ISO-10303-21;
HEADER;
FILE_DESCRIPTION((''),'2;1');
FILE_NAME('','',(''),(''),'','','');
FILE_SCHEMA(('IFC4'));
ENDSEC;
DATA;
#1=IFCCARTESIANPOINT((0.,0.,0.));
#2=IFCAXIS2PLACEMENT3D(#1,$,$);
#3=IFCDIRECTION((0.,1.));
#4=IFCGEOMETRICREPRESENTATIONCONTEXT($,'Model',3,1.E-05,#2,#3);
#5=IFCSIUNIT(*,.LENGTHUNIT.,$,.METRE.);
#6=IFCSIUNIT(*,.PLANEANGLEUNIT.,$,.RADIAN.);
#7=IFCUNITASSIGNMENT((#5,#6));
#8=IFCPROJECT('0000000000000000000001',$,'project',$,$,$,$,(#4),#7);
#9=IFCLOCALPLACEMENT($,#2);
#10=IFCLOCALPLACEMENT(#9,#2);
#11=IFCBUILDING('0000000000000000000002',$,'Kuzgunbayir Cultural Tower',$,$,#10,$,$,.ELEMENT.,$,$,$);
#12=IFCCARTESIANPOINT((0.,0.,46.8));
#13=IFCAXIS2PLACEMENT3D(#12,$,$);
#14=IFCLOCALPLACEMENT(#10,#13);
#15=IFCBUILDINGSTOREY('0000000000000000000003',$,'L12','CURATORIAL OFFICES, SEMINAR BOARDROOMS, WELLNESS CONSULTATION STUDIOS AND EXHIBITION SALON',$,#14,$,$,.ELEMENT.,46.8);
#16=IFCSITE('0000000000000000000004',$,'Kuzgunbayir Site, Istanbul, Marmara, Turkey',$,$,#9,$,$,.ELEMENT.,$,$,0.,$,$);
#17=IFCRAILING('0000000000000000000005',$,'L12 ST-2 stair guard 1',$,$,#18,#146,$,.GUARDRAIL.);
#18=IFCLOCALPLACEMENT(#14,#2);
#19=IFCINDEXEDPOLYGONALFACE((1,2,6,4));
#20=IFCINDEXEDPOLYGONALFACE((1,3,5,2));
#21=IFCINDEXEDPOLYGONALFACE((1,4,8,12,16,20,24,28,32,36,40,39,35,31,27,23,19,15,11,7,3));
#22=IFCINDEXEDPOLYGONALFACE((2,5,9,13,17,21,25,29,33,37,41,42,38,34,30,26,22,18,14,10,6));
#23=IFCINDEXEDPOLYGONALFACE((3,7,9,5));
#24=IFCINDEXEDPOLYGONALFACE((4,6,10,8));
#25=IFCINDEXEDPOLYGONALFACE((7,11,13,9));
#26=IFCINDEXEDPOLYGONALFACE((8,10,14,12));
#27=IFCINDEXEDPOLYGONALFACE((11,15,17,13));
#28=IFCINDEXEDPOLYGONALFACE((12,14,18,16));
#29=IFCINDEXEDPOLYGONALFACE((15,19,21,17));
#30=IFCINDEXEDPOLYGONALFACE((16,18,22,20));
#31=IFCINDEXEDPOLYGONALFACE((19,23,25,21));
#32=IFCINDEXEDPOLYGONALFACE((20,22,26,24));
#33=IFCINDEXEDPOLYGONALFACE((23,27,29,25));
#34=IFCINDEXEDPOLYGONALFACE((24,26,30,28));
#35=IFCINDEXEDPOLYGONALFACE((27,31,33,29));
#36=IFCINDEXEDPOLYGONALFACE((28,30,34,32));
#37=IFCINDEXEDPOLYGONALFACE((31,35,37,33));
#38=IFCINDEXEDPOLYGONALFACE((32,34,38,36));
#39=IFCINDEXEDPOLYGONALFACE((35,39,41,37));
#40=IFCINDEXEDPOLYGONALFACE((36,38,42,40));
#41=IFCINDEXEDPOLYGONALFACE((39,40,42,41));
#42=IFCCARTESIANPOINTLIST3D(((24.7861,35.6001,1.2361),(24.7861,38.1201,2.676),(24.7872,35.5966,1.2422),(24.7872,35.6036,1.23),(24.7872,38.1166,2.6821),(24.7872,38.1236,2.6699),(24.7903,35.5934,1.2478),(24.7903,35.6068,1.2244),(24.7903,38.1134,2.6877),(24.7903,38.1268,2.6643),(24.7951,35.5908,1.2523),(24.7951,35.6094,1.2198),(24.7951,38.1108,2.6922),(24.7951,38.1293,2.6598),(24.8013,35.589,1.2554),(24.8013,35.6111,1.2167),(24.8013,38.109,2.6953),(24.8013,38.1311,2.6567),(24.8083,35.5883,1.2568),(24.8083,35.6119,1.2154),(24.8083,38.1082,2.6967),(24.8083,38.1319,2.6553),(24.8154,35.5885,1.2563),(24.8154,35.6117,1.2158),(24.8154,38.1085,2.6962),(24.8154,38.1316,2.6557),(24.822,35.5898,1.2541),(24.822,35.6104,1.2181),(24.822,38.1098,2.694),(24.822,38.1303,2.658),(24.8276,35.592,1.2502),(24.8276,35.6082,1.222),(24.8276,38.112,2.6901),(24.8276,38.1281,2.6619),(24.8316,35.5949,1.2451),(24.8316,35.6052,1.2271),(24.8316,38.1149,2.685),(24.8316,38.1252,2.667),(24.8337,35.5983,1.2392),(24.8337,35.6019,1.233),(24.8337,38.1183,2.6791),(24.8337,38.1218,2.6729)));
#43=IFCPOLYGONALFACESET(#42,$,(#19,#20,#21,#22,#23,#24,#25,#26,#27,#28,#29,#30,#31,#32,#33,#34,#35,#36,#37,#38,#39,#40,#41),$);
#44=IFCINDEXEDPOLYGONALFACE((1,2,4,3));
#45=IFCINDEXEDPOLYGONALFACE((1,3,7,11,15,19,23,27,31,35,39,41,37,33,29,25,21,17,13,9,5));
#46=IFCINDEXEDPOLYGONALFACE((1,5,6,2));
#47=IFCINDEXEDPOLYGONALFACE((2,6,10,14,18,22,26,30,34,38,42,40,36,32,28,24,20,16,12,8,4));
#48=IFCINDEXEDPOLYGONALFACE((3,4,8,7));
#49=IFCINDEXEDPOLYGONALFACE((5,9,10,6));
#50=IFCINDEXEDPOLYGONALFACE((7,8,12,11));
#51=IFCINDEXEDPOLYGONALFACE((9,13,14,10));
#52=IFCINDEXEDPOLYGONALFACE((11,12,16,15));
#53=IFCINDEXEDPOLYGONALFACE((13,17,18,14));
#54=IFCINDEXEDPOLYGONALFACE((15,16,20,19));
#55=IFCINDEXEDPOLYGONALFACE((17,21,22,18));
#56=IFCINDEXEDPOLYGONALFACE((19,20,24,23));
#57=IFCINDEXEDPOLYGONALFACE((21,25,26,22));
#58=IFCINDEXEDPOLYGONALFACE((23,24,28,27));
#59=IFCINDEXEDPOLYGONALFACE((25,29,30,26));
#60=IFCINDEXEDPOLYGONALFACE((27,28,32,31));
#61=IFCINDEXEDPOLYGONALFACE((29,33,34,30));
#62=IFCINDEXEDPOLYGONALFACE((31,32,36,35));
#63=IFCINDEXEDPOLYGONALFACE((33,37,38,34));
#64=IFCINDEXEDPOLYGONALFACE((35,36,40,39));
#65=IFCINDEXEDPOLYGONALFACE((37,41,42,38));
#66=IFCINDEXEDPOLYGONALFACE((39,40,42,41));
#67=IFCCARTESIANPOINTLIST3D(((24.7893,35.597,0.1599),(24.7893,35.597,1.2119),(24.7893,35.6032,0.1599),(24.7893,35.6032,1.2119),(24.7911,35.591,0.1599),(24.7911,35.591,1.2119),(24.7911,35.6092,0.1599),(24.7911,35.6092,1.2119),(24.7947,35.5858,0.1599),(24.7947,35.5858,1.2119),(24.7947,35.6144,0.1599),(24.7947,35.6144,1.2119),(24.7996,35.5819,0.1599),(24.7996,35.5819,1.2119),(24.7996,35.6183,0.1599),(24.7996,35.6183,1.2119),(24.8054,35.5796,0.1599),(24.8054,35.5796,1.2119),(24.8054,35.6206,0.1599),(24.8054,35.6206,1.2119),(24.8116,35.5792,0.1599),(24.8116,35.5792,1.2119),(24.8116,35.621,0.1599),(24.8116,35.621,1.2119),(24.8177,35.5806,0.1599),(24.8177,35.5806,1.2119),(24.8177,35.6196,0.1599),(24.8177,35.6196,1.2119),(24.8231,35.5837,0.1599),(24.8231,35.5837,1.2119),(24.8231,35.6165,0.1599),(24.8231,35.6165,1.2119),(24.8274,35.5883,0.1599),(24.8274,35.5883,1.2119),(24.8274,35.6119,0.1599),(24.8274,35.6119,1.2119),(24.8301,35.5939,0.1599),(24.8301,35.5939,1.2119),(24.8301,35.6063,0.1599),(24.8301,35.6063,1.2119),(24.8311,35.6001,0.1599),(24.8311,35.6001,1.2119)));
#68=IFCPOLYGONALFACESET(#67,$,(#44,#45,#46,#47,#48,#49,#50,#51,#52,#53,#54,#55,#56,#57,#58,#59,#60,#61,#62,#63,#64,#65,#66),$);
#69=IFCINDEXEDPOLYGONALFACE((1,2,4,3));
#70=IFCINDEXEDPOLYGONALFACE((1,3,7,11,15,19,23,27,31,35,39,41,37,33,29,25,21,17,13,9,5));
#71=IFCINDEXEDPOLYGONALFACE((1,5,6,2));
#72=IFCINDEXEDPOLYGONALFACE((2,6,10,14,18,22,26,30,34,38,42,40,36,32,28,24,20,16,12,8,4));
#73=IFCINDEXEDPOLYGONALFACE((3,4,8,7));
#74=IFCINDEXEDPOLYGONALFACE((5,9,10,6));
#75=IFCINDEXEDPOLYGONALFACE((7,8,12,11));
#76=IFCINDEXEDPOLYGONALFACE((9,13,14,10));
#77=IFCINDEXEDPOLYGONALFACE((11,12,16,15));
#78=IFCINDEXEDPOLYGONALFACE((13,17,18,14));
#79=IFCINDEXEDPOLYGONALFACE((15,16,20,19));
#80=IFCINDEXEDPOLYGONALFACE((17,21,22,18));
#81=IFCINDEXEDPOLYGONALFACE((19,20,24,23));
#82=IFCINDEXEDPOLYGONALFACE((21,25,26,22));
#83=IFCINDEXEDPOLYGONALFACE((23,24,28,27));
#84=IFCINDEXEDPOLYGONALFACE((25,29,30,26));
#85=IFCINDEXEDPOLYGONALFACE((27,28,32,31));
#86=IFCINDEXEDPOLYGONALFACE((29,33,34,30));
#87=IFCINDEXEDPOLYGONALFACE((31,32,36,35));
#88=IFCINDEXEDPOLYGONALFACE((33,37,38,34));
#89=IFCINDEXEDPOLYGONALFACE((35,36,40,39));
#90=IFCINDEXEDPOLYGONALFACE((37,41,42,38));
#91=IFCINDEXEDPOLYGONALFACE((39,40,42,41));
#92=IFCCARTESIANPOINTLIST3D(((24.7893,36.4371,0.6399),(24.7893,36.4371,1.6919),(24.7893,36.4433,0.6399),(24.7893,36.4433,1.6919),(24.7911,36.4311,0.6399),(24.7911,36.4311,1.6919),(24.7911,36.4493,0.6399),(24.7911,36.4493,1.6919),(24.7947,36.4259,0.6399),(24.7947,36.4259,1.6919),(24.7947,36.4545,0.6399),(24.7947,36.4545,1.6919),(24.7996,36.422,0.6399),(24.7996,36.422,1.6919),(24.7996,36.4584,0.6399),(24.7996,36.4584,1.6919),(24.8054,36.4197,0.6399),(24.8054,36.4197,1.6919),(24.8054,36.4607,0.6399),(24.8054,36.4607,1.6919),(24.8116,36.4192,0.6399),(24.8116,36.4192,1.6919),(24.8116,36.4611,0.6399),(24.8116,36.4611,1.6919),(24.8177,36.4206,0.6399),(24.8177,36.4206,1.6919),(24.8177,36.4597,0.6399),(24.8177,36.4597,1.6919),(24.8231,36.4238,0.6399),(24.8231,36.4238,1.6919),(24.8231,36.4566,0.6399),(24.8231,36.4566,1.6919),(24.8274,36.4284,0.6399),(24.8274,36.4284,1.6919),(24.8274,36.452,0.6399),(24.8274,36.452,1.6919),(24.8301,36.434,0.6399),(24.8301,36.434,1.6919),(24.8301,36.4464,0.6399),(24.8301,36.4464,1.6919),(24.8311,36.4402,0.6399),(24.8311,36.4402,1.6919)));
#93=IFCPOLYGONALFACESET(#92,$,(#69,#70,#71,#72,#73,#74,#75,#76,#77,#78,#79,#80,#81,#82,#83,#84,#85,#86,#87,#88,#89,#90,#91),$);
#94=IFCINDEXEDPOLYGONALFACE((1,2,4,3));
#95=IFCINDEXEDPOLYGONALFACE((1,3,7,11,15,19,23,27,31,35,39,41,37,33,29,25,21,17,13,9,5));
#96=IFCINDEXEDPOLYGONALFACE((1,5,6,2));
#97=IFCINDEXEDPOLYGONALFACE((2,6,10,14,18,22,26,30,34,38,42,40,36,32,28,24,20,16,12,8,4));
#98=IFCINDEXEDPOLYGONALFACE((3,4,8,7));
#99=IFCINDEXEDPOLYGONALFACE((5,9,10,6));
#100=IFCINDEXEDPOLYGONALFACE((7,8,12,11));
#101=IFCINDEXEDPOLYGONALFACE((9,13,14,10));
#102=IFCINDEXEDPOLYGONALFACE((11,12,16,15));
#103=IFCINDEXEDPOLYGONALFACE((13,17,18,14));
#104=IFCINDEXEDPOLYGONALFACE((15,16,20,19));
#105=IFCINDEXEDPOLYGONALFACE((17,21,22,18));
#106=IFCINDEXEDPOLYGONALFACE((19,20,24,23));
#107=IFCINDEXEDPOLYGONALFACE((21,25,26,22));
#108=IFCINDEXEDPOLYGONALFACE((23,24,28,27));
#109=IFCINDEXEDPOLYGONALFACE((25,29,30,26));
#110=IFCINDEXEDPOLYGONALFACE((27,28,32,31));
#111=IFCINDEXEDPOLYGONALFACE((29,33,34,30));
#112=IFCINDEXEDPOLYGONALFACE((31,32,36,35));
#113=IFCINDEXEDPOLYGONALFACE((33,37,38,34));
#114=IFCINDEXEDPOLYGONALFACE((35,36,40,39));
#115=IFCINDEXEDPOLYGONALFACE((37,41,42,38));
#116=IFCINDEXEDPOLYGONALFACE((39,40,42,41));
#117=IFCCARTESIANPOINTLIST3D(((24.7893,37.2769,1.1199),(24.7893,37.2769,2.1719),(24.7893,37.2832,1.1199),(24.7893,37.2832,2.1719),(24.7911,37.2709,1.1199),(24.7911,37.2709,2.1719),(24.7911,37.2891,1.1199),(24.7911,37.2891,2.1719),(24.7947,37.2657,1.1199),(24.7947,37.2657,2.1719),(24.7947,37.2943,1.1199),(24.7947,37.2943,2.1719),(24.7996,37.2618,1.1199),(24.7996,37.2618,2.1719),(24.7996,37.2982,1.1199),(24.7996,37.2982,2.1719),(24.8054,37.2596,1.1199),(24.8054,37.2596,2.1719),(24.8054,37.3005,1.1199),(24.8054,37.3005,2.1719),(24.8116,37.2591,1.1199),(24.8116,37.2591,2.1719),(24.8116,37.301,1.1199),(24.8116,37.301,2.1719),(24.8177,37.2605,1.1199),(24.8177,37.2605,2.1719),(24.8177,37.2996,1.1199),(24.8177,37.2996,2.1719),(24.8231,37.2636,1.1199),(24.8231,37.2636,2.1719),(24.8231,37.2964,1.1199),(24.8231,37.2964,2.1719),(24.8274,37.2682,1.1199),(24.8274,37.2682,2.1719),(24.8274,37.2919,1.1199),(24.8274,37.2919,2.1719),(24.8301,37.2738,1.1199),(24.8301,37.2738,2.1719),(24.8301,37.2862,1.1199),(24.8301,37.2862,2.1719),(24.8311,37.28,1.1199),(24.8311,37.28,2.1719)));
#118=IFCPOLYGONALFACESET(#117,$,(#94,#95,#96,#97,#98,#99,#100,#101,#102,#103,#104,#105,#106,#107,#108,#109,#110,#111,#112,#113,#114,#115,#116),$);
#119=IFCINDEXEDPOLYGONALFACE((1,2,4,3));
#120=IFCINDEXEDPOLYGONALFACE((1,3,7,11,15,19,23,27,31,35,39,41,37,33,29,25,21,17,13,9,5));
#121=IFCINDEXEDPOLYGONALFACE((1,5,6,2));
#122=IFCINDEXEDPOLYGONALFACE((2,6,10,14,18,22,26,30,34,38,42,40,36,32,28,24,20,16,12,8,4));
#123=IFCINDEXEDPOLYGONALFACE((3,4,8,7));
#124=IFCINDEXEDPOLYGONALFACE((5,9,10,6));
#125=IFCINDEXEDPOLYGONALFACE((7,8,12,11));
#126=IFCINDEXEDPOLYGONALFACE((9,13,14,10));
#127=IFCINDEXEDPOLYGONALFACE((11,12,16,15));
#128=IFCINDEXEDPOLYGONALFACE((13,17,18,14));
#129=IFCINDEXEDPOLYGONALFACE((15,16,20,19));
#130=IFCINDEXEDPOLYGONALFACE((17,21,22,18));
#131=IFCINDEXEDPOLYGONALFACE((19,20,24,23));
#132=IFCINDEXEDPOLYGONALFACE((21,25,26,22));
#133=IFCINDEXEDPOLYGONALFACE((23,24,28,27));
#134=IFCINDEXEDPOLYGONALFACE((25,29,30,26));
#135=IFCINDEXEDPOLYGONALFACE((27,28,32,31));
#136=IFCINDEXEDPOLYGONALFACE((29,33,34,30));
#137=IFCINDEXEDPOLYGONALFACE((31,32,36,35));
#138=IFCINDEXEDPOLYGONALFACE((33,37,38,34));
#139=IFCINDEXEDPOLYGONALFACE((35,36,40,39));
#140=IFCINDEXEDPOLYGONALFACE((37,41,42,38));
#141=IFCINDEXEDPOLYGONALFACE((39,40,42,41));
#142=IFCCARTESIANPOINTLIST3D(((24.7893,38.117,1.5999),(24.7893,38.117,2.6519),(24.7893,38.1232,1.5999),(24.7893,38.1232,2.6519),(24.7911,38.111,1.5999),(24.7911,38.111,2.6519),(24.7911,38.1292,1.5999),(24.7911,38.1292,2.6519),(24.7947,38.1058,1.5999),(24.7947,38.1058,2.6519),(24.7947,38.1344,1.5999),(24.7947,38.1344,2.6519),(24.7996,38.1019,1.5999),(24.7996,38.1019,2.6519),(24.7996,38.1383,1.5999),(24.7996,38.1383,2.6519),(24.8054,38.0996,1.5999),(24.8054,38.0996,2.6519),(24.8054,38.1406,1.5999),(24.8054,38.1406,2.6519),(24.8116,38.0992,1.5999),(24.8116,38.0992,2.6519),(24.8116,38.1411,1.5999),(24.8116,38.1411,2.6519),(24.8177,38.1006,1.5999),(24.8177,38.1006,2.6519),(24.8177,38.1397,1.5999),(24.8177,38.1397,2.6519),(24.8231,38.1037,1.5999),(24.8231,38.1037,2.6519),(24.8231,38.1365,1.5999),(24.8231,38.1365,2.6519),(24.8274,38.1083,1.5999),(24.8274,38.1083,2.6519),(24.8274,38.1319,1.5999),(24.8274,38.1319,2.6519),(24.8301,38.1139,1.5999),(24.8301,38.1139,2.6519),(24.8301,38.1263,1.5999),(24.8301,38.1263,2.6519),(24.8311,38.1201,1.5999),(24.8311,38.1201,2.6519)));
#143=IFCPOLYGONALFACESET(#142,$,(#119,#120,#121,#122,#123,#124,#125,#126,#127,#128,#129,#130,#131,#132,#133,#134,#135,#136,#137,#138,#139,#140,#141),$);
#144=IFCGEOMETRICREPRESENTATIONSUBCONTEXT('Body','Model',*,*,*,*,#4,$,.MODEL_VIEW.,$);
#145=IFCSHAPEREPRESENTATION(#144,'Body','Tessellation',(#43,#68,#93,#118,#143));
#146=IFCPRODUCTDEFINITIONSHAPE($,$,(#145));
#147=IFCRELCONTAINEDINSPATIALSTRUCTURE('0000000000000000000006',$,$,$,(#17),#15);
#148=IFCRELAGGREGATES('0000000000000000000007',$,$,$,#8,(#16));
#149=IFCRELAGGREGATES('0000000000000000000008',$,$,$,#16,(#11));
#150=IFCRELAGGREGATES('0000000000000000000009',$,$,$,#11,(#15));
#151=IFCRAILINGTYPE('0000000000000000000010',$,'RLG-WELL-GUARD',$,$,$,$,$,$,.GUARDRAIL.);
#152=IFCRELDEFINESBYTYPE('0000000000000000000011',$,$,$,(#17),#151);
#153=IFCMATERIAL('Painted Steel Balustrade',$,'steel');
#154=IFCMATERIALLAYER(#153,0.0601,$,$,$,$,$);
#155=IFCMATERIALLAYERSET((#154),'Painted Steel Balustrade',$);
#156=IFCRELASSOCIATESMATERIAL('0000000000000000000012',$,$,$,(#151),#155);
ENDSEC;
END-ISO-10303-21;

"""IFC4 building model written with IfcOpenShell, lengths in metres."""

from ifc_helpers import new_model, si_unit, direction, frame, origin, origin_2d, place, context, subcontext, project, spatial, circle, extrude, material, layer, layer_set, type_object, element, save


model = new_model("IFC4")

# Units and contexts
model_context = context("Model", 3, precision=1e-05, world=origin(), true_north=direction((0.0, 1.0)))
body_context = subcontext(model_context, "Body", "Model", "MODEL_VIEW")
ifc_project = project(units=[si_unit("LENGTHUNIT", "METRE"), si_unit("PLANEANGLEUNIT", "RADIAN")], contexts=[model_context])

# Site, building, storey
site_placement = place(None, origin())
site = spatial("IfcSite", under=ifc_project, at=site_placement, Name="Kuzgunbayir Site, Istanbul, Marmara, Turkey", CompositionType="ELEMENT", RefElevation=0.0)
building_placement = place(site_placement, origin())
building = spatial("IfcBuilding", under=site, at=building_placement, Name="Kuzgunbayir Cultural Tower", CompositionType="ELEMENT")
storey_placement = place(building_placement, frame((0.0, 0.0, 46.8)))
storey = spatial("IfcBuildingStorey", under=building, at=storey_placement, Name="L12", Description="CURATORIAL OFFICES, SEMINAR BOARDROOMS, WELLNESS CONSULTATION STUDIOS AND EXHIBITION SALON", CompositionType="ELEMENT", Elevation=46.8)

# Railing
ifc_material_1 = material(Name="Painted Steel Balustrade", Category="steel")
ifc_layer_1 = layer(ifc_material_1, 0.0601)
ifc_layer_set_1 = layer_set([ifc_layer_1], Name="Painted Steel Balustrade")
railing_type_1 = type_object("IfcRailingType", Name="RLG-WELL-GUARD", PredefinedType="GUARDRAIL", material=ifc_layer_set_1)
railing_1_placement = place(storey_placement, frame((24.8101, 35.6001, 0.1599)))
element("IfcRailing", 1, at=railing_1_placement, inside=storey, type_object=railing_type_1, Name="L12 ST-2 stair guard 1", PredefinedType="GUARDRAIL", context=body_context, shape_type="SweptSolid", body=[
    extrude(circle(Radius=0.0239, at=origin_2d()), frame((0.0, 0.0, 1.0762), z_axis=(0.0, 0.868253, 0.496121), x_axis=(-1.0, 0.0, 0.0)), (0.0, 0.0, 1.0), 2.9023),
    extrude(circle(Radius=0.021, at=origin_2d()), origin(), (0.0, 0.0, 1.0), 1.052),
    extrude(circle(Radius=0.021, at=origin_2d()), frame((0.0, 0.8401, 0.48)), (0.0, 0.0, 1.0), 1.052),
    extrude(circle(Radius=0.021, at=origin_2d()), frame((0.0, 1.6799, 0.96)), (0.0, 0.0, 1.0), 1.052),
    extrude(circle(Radius=0.021, at=origin_2d()), frame((0.0, 2.52, 1.4399)), (0.0, 0.0, 1.0), 1.052),
])

save(model, "model.ifc")
